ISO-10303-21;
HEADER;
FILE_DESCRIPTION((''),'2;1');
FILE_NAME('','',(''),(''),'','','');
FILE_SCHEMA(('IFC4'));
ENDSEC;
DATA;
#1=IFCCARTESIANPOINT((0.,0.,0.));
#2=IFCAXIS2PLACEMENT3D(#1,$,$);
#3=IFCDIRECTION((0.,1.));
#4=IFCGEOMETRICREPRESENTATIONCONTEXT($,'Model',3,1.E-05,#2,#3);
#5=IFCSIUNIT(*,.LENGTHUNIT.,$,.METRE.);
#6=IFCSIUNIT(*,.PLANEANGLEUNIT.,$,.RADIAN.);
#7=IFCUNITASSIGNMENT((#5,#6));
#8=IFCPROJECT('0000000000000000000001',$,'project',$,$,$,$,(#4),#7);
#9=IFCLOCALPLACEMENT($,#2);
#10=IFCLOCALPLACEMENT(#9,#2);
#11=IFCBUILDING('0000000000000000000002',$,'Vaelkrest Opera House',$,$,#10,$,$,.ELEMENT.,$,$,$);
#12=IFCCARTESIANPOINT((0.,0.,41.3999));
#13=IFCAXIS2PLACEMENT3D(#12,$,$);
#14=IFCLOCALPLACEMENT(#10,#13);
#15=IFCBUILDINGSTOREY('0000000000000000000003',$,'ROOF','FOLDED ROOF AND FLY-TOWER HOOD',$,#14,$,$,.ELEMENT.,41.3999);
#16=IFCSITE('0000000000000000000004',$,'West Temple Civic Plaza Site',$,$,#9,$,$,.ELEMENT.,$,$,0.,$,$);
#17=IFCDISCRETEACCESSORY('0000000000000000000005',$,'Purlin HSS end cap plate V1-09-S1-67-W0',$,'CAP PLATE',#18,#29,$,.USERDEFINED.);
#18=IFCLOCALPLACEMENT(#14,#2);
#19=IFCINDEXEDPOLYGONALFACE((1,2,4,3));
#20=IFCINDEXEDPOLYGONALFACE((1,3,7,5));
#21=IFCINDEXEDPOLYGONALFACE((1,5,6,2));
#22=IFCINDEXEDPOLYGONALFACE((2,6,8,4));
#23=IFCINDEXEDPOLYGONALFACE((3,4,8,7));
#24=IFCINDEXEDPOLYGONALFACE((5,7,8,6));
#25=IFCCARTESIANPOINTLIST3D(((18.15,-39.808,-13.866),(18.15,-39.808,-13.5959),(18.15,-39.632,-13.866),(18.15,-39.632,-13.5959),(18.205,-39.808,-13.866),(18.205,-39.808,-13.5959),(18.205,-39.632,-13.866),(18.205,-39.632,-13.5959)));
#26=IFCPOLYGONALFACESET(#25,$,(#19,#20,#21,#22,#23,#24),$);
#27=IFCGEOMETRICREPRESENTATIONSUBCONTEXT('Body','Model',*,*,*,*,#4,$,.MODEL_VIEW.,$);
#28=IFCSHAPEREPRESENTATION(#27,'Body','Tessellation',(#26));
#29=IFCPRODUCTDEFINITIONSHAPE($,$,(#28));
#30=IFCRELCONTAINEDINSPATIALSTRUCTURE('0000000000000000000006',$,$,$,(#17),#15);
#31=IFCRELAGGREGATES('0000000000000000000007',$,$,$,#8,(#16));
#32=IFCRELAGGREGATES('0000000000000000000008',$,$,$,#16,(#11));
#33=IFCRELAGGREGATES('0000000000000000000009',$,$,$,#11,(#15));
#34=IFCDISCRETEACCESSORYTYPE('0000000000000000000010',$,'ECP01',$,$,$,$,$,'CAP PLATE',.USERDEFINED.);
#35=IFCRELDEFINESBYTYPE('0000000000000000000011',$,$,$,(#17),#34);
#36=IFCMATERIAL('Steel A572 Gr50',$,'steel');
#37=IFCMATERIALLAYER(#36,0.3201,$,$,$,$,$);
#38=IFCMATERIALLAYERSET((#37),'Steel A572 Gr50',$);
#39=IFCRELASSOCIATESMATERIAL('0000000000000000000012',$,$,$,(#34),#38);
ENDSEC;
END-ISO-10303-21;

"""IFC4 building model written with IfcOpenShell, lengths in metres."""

from ifc_helpers import new_model, si_unit, direction, frame, origin, origin_2d, place, context, subcontext, project, spatial, rectangle, extrude, material, layer, layer_set, type_object, element, save


model = new_model("IFC4")

# Units and contexts
model_context = context("Model", 3, precision=1e-05, world=origin(), true_north=direction((0.0, 1.0)))
body_context = subcontext(model_context, "Body", "Model", "MODEL_VIEW")
ifc_project = project(units=[si_unit("LENGTHUNIT", "METRE"), si_unit("PLANEANGLEUNIT", "RADIAN")], contexts=[model_context])

# Site, building, storey
site_placement = place(None, origin())
site = spatial("IfcSite", under=ifc_project, at=site_placement, Name="West Temple Civic Plaza Site", CompositionType="ELEMENT", RefElevation=0.0)
building_placement = place(site_placement, origin())
building = spatial("IfcBuilding", under=site, at=building_placement, Name="Vaelkrest Opera House", CompositionType="ELEMENT")
storey_placement = place(building_placement, frame((0.0, 0.0, 41.3999)))
storey = spatial("IfcBuildingStorey", under=building, at=storey_placement, Name="ROOF", Description="FOLDED ROOF AND FLY-TOWER HOOD", CompositionType="ELEMENT", Elevation=41.3999)

# Shared definitions
ifc_material_1 = material(Name="Steel A572 Gr50", Category="steel")

# Discrete accessory
ifc_layer_1 = layer(ifc_material_1, 0.3201)
ifc_layer_set_1 = layer_set([ifc_layer_1], Name="Steel A572 Gr50")
discrete_accessory_type = type_object("IfcDiscreteAccessoryType", Name="ECP01", ElementType="CAP PLATE", PredefinedType="USERDEFINED", material=ifc_layer_set_1)
for number, where, z_axis, x_axis, name in (
    (1, (18.1775, -39.72, -13.866), (0.0, 0.0, 1.0), (1.0, 0.0, 0.0), "Purlin HSS end cap plate V1-09-S1-67-W0"),
):
    element("IfcDiscreteAccessory", number, at=place(storey_placement, frame(where, z_axis=z_axis, x_axis=x_axis)), inside=storey, type_object=discrete_accessory_type, Name=name, ObjectType="CAP PLATE", PredefinedType="USERDEFINED", context=body_context, shape_type="SweptSolid", body=[
        extrude(rectangle(XDim=0.0549, YDim=0.176, at=origin_2d()), origin(), (0.0, 0.0, 1.0), 0.27),
    ])

save(model, "model.ifc")
